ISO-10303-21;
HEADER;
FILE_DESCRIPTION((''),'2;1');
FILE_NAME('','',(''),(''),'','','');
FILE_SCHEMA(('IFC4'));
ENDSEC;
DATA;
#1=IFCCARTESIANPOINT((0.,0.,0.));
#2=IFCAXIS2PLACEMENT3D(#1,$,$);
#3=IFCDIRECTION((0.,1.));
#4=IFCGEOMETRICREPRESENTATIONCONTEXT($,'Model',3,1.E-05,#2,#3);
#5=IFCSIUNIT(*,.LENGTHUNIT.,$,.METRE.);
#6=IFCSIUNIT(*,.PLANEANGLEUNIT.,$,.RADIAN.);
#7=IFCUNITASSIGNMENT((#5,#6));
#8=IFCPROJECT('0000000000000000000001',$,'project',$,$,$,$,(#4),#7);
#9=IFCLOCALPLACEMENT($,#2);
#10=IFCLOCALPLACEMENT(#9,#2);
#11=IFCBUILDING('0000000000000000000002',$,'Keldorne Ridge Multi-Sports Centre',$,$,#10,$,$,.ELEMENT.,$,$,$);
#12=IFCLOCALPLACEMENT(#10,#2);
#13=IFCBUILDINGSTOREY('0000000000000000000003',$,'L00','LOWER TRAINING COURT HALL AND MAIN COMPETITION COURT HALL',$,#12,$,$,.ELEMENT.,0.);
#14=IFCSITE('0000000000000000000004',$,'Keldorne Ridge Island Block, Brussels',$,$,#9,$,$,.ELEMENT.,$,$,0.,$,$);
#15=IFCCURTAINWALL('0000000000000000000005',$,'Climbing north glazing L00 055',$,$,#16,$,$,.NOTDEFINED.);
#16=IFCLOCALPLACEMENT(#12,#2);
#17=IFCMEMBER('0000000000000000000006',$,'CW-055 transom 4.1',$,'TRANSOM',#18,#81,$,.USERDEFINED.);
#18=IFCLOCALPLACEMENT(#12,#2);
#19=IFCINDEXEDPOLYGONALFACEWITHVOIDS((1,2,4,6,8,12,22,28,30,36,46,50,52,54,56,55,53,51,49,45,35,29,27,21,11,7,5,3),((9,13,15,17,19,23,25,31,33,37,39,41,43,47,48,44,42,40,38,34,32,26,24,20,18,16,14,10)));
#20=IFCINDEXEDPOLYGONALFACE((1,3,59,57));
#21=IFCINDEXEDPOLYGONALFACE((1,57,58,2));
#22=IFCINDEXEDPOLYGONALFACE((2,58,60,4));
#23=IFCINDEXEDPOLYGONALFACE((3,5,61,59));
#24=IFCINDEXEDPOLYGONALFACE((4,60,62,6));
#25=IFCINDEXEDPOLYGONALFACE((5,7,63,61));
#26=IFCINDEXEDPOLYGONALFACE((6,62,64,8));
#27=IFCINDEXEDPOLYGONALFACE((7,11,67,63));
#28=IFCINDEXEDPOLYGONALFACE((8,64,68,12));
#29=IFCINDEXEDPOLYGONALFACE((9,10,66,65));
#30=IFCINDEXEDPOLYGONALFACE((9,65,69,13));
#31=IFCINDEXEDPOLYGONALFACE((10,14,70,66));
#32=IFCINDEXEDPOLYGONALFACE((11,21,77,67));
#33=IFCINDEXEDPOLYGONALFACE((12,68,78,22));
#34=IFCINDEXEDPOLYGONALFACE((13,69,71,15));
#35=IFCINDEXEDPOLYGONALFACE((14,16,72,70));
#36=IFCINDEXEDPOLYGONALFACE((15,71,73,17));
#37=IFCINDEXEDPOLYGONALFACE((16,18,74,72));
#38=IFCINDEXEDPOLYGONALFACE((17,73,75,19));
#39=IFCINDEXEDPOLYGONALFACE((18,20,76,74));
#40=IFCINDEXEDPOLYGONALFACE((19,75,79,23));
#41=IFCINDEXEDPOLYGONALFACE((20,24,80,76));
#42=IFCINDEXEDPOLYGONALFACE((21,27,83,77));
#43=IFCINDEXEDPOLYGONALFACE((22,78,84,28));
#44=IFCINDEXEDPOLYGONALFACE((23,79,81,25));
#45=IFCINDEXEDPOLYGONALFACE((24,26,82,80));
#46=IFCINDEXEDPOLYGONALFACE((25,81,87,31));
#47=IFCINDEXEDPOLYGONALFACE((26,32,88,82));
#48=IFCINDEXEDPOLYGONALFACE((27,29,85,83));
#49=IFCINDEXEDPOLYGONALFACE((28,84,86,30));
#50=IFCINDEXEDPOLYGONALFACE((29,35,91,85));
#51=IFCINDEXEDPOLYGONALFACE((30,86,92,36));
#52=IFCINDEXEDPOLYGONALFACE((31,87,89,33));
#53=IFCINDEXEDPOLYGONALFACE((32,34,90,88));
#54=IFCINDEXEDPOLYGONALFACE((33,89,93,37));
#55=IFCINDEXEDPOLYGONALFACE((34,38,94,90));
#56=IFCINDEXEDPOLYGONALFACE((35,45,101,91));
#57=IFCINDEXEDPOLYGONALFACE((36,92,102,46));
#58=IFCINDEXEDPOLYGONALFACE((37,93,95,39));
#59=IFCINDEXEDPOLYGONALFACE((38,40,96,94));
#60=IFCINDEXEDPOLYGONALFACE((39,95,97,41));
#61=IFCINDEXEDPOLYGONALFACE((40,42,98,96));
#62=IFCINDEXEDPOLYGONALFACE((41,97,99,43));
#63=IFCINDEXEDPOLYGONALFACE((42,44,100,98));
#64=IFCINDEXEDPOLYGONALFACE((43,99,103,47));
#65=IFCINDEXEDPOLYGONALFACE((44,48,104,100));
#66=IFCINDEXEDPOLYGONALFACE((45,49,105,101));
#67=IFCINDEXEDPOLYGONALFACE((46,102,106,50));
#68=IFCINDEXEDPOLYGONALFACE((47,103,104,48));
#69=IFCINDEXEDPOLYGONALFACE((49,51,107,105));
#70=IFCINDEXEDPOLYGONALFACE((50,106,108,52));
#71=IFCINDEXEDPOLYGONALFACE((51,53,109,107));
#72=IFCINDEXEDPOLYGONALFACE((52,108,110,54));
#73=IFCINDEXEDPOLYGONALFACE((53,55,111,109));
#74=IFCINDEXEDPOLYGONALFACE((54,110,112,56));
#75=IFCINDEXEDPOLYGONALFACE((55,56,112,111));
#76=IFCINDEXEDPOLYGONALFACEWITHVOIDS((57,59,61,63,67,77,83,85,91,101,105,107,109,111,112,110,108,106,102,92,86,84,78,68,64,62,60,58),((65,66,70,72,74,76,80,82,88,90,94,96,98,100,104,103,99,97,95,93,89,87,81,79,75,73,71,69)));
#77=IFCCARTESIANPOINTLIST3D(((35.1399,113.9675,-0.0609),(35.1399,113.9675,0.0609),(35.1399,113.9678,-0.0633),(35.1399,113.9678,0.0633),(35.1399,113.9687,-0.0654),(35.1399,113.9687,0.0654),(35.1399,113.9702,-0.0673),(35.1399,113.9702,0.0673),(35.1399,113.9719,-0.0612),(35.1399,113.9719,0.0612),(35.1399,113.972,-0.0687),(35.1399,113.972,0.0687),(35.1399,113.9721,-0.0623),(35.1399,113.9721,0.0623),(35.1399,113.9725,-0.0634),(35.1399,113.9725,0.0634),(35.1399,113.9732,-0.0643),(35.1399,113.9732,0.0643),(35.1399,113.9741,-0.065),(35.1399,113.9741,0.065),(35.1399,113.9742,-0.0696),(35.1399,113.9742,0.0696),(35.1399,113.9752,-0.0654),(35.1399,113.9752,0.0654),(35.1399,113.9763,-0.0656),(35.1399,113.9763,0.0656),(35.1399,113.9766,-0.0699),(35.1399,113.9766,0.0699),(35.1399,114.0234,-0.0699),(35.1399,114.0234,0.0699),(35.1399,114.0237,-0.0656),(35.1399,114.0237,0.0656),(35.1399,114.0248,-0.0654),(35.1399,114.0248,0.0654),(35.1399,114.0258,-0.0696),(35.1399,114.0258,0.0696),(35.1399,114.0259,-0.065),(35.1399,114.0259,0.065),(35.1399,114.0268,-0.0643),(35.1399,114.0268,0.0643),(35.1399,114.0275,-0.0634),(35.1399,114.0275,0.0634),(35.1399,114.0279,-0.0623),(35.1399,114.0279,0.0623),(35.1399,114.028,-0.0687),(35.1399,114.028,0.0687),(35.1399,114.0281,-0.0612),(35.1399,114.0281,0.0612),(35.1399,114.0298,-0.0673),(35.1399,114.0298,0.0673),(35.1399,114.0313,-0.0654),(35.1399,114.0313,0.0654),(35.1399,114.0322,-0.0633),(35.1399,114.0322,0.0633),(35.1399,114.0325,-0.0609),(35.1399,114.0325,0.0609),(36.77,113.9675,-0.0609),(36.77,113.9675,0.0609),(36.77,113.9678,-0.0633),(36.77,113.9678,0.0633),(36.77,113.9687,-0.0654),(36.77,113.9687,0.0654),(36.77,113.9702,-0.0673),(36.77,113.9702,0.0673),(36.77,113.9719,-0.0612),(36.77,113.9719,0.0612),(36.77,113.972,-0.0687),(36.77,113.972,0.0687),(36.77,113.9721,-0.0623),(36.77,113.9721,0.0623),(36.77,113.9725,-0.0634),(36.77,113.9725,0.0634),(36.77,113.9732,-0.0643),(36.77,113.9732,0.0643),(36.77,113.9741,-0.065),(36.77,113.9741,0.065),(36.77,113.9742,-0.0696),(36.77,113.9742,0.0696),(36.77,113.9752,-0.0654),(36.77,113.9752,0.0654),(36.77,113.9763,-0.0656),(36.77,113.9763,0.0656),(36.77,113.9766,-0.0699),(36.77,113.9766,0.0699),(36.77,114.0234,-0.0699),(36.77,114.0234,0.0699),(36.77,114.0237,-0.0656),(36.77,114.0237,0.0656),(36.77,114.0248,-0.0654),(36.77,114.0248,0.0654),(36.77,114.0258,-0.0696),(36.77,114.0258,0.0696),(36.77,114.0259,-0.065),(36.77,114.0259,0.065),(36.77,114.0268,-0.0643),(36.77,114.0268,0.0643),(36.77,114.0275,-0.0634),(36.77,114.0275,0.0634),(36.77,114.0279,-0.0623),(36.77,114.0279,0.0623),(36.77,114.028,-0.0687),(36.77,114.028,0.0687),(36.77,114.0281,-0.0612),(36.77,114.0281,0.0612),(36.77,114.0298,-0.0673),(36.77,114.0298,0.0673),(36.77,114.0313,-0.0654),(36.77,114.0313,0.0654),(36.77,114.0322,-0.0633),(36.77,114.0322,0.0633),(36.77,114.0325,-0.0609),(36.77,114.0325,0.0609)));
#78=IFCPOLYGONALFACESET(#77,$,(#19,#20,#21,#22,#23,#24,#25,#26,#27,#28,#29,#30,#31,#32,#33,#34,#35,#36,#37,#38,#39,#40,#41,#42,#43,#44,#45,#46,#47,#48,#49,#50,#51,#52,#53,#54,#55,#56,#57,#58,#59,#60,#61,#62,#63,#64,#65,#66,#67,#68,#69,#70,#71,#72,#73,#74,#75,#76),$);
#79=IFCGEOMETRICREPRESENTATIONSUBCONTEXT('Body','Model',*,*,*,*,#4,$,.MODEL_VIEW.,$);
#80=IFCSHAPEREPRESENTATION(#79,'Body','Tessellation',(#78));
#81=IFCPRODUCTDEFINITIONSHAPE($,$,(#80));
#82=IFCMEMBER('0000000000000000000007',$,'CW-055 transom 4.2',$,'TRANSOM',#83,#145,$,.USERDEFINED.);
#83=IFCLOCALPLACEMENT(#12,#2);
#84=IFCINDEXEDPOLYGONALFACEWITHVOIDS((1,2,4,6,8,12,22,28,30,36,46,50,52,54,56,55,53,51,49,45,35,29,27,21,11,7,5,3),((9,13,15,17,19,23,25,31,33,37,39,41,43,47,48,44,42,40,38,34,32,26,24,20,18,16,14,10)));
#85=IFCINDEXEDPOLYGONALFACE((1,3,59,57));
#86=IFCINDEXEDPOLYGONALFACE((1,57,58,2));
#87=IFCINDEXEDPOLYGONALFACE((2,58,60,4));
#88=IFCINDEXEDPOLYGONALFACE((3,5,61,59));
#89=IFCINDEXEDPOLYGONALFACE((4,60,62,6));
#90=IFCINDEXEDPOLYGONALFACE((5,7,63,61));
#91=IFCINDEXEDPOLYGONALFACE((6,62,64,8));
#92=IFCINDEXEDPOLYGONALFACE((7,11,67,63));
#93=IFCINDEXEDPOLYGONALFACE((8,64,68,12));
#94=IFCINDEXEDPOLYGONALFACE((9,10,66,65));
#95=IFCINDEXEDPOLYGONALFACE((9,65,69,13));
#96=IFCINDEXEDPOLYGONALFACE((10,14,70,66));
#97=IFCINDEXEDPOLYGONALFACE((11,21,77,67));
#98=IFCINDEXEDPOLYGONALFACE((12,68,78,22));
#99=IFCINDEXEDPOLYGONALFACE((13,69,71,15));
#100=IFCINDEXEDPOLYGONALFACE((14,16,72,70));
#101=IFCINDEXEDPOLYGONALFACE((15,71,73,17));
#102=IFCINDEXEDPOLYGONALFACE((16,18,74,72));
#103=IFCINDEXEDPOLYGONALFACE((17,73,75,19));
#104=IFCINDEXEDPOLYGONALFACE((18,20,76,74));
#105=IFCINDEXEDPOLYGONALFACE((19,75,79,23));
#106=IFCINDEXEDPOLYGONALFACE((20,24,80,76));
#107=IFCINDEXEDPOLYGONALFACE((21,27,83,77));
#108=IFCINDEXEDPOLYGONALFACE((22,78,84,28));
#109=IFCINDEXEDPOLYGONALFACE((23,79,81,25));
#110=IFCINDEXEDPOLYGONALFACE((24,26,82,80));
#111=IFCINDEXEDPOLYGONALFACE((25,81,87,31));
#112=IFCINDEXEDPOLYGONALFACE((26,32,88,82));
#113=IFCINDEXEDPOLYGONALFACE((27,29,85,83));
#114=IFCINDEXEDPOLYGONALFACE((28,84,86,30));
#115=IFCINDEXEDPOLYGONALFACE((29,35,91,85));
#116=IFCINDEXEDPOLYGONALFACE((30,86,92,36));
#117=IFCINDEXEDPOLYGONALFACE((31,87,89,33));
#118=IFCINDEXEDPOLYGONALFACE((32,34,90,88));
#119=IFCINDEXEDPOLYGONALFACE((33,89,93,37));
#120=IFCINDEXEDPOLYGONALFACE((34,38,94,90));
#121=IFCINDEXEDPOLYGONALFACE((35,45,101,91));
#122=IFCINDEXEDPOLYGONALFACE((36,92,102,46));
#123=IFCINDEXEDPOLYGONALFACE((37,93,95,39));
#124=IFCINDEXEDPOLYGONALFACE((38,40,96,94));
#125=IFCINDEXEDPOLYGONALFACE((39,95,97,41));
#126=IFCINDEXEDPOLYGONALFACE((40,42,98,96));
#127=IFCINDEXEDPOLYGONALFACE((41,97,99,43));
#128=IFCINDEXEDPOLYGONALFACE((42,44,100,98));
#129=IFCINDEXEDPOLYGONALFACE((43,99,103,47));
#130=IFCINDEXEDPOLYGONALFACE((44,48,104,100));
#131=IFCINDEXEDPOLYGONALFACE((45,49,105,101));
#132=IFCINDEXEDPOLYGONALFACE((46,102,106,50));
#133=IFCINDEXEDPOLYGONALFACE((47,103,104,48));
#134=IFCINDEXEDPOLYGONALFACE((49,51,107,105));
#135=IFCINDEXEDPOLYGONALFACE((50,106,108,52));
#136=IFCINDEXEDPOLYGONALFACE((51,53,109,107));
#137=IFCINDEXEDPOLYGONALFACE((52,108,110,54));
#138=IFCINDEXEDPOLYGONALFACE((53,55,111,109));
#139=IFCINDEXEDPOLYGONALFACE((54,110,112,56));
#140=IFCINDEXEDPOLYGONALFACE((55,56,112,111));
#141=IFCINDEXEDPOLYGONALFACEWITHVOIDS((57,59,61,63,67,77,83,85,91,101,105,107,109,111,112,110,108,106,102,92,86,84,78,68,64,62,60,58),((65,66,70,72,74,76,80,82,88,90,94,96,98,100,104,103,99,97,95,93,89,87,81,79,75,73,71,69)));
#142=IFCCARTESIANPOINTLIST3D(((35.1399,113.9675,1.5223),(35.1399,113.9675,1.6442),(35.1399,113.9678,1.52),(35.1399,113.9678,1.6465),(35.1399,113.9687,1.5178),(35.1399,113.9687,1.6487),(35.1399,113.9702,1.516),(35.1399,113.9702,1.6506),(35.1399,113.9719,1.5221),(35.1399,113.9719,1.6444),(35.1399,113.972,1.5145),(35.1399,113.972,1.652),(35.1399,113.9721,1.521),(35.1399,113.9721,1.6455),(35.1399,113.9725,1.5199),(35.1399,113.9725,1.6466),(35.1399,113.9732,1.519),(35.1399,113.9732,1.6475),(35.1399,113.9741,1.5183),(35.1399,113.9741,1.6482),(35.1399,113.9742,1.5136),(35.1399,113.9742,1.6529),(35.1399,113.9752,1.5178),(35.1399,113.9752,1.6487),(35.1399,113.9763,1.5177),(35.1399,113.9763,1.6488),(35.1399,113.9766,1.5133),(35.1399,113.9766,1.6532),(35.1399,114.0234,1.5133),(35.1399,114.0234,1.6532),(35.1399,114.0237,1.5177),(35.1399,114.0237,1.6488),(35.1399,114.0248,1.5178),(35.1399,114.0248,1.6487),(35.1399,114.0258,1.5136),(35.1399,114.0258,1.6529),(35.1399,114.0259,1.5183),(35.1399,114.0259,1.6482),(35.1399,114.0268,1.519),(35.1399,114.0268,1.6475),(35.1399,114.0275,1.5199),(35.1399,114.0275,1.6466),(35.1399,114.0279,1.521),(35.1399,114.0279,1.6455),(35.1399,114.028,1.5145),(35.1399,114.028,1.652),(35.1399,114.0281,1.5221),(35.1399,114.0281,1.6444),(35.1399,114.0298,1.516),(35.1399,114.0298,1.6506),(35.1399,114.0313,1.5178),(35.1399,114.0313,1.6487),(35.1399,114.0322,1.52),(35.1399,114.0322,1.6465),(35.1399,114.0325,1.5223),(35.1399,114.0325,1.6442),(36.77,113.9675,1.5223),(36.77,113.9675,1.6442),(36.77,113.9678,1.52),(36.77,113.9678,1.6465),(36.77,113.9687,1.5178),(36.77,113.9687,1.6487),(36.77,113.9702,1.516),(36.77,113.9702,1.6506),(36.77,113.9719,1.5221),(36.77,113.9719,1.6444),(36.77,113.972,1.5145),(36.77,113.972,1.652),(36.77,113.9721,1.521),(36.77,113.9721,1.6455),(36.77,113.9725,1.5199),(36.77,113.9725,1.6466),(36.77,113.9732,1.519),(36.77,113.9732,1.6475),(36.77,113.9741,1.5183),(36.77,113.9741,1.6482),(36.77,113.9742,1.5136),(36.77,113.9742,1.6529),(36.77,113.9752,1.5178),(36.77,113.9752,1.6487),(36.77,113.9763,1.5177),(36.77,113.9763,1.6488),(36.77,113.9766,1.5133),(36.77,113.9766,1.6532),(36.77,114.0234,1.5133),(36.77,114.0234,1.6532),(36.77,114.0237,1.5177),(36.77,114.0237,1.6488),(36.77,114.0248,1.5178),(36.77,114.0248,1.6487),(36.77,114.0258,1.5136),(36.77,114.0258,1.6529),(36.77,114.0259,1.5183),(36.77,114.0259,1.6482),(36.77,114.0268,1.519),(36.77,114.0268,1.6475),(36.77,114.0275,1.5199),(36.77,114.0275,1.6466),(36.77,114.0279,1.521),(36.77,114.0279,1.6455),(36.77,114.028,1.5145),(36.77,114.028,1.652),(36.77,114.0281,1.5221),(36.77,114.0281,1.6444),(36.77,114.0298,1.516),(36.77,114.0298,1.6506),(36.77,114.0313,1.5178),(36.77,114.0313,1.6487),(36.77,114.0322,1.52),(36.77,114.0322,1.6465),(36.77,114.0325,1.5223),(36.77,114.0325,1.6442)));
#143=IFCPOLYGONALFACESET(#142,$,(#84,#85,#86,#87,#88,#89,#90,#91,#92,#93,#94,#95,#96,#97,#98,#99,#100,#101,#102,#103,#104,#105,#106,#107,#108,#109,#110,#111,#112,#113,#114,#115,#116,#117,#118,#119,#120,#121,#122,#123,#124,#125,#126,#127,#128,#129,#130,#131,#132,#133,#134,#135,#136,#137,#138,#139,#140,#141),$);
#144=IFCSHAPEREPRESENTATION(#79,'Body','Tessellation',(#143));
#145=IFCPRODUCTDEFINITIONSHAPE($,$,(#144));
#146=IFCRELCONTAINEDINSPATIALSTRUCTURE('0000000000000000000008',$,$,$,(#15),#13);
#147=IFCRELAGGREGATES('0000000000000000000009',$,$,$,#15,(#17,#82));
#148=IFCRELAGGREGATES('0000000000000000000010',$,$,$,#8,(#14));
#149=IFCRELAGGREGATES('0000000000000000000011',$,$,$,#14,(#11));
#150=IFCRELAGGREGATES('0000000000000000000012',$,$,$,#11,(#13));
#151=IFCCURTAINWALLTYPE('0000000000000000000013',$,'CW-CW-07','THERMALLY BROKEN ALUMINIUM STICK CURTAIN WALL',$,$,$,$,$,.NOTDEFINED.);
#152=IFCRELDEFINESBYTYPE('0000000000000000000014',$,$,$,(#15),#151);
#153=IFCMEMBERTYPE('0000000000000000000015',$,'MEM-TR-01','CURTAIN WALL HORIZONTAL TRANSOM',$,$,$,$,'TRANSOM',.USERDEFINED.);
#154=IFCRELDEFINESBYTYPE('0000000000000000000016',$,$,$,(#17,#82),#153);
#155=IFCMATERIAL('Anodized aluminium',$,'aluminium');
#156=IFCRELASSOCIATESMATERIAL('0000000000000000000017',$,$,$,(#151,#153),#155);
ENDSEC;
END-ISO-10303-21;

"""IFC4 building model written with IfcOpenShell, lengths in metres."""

from ifc_helpers import new_model, si_unit, direction, frame, origin, origin_2d, place, context, subcontext, project, spatial, hollow_rectangle, extrude, material, material_profile, profile_set, type_object, element, aggregate, save


model = new_model("IFC4")

# Units and contexts
model_context = context("Model", 3, precision=1e-05, world=origin(), true_north=direction((0.0, 1.0)))
body_context = subcontext(model_context, "Body", "Model", "MODEL_VIEW")
ifc_project = project(units=[si_unit("LENGTHUNIT", "METRE"), si_unit("PLANEANGLEUNIT", "RADIAN")], contexts=[model_context])

# Site, building, storey
site_placement = place(None, origin())
site = spatial("IfcSite", under=ifc_project, at=site_placement, Name="Keldorne Ridge Island Block, Brussels", CompositionType="ELEMENT", RefElevation=0.0)
building_placement = place(site_placement, origin())
building = spatial("IfcBuilding", under=site, at=building_placement, Name="Keldorne Ridge Multi-Sports Centre", CompositionType="ELEMENT")
storey_placement = place(building_placement, origin())
storey = spatial("IfcBuildingStorey", under=building, at=storey_placement, Name="L00", Description="LOWER TRAINING COURT HALL AND MAIN COMPETITION COURT HALL", CompositionType="ELEMENT", Elevation=0.0)

# Curtain wall, members
ifc_material_1 = material(Name="Anodized aluminium", Category="aluminium")
curtain_wall_type = type_object("IfcCurtainWallType", Name="CW-CW-07", Description="THERMALLY BROKEN ALUMINIUM STICK CURTAIN WALL", PredefinedType="NOTDEFINED", material=ifc_material_1)
curtain_wall_placement = place(storey_placement, origin())
curtain_wall = element("IfcCurtainWall", 1, at=curtain_wall_placement, inside=storey, type_object=curtain_wall_type, Name="Climbing north glazing L00 055", PredefinedType="NOTDEFINED")
ifc_material_profile_1 = material_profile(ifc_material_1, hollow_rectangle(XDim=0.0649, YDim=0.1399, WallThickness=0.0044, InnerFilletRadius=0.0044, OuterFilletRadius=0.009, at=origin_2d()), Name="ALU TRANSOM 140x65x4.5")
ifc_profile_set_1 = profile_set([ifc_material_profile_1], Name="Anodized aluminium")
member_type_1 = type_object("IfcMemberType", Name="MEM-TR-01", Description="CURTAIN WALL HORIZONTAL TRANSOM", ElementType="TRANSOM", PredefinedType="USERDEFINED", material=ifc_profile_set_1)
member_1_placement = place(storey_placement, frame((36.77, 114.0, 0.0), z_axis=(-1.0, 0.0, 0.0), x_axis=(0.0, -1.0, 0.0)))
member_1 = element("IfcMember", 2, at=member_1_placement, type_object=member_type_1, Name="CW-055 transom 4.1", ObjectType="TRANSOM", PredefinedType="USERDEFINED", context=body_context, shape_type="SweptSolid", body=[
    extrude(hollow_rectangle(XDim=0.0649, YDim=0.1399, WallThickness=0.0044, InnerFilletRadius=0.0044, OuterFilletRadius=0.009, at=origin_2d()), origin(), (0.0, 0.0, 1.0), 1.6301),
])
member_2_placement = place(storey_placement, frame((36.77, 114.0, 1.5833), z_axis=(-1.0, 0.0, 0.0), x_axis=(0.0, -1.0, 0.0)))
member_2 = element("IfcMember", 3, at=member_2_placement, type_object=member_type_1, Name="CW-055 transom 4.2", ObjectType="TRANSOM", PredefinedType="USERDEFINED", context=body_context, shape_type="SweptSolid", body=[
    extrude(hollow_rectangle(XDim=0.0649, YDim=0.1399, WallThickness=0.0044, InnerFilletRadius=0.0044, OuterFilletRadius=0.009, at=origin_2d()), origin(), (0.0, 0.0, 1.0), 1.6301),
])
aggregate(curtain_wall, [member_1, member_2])

save(model, "model.ifc")
